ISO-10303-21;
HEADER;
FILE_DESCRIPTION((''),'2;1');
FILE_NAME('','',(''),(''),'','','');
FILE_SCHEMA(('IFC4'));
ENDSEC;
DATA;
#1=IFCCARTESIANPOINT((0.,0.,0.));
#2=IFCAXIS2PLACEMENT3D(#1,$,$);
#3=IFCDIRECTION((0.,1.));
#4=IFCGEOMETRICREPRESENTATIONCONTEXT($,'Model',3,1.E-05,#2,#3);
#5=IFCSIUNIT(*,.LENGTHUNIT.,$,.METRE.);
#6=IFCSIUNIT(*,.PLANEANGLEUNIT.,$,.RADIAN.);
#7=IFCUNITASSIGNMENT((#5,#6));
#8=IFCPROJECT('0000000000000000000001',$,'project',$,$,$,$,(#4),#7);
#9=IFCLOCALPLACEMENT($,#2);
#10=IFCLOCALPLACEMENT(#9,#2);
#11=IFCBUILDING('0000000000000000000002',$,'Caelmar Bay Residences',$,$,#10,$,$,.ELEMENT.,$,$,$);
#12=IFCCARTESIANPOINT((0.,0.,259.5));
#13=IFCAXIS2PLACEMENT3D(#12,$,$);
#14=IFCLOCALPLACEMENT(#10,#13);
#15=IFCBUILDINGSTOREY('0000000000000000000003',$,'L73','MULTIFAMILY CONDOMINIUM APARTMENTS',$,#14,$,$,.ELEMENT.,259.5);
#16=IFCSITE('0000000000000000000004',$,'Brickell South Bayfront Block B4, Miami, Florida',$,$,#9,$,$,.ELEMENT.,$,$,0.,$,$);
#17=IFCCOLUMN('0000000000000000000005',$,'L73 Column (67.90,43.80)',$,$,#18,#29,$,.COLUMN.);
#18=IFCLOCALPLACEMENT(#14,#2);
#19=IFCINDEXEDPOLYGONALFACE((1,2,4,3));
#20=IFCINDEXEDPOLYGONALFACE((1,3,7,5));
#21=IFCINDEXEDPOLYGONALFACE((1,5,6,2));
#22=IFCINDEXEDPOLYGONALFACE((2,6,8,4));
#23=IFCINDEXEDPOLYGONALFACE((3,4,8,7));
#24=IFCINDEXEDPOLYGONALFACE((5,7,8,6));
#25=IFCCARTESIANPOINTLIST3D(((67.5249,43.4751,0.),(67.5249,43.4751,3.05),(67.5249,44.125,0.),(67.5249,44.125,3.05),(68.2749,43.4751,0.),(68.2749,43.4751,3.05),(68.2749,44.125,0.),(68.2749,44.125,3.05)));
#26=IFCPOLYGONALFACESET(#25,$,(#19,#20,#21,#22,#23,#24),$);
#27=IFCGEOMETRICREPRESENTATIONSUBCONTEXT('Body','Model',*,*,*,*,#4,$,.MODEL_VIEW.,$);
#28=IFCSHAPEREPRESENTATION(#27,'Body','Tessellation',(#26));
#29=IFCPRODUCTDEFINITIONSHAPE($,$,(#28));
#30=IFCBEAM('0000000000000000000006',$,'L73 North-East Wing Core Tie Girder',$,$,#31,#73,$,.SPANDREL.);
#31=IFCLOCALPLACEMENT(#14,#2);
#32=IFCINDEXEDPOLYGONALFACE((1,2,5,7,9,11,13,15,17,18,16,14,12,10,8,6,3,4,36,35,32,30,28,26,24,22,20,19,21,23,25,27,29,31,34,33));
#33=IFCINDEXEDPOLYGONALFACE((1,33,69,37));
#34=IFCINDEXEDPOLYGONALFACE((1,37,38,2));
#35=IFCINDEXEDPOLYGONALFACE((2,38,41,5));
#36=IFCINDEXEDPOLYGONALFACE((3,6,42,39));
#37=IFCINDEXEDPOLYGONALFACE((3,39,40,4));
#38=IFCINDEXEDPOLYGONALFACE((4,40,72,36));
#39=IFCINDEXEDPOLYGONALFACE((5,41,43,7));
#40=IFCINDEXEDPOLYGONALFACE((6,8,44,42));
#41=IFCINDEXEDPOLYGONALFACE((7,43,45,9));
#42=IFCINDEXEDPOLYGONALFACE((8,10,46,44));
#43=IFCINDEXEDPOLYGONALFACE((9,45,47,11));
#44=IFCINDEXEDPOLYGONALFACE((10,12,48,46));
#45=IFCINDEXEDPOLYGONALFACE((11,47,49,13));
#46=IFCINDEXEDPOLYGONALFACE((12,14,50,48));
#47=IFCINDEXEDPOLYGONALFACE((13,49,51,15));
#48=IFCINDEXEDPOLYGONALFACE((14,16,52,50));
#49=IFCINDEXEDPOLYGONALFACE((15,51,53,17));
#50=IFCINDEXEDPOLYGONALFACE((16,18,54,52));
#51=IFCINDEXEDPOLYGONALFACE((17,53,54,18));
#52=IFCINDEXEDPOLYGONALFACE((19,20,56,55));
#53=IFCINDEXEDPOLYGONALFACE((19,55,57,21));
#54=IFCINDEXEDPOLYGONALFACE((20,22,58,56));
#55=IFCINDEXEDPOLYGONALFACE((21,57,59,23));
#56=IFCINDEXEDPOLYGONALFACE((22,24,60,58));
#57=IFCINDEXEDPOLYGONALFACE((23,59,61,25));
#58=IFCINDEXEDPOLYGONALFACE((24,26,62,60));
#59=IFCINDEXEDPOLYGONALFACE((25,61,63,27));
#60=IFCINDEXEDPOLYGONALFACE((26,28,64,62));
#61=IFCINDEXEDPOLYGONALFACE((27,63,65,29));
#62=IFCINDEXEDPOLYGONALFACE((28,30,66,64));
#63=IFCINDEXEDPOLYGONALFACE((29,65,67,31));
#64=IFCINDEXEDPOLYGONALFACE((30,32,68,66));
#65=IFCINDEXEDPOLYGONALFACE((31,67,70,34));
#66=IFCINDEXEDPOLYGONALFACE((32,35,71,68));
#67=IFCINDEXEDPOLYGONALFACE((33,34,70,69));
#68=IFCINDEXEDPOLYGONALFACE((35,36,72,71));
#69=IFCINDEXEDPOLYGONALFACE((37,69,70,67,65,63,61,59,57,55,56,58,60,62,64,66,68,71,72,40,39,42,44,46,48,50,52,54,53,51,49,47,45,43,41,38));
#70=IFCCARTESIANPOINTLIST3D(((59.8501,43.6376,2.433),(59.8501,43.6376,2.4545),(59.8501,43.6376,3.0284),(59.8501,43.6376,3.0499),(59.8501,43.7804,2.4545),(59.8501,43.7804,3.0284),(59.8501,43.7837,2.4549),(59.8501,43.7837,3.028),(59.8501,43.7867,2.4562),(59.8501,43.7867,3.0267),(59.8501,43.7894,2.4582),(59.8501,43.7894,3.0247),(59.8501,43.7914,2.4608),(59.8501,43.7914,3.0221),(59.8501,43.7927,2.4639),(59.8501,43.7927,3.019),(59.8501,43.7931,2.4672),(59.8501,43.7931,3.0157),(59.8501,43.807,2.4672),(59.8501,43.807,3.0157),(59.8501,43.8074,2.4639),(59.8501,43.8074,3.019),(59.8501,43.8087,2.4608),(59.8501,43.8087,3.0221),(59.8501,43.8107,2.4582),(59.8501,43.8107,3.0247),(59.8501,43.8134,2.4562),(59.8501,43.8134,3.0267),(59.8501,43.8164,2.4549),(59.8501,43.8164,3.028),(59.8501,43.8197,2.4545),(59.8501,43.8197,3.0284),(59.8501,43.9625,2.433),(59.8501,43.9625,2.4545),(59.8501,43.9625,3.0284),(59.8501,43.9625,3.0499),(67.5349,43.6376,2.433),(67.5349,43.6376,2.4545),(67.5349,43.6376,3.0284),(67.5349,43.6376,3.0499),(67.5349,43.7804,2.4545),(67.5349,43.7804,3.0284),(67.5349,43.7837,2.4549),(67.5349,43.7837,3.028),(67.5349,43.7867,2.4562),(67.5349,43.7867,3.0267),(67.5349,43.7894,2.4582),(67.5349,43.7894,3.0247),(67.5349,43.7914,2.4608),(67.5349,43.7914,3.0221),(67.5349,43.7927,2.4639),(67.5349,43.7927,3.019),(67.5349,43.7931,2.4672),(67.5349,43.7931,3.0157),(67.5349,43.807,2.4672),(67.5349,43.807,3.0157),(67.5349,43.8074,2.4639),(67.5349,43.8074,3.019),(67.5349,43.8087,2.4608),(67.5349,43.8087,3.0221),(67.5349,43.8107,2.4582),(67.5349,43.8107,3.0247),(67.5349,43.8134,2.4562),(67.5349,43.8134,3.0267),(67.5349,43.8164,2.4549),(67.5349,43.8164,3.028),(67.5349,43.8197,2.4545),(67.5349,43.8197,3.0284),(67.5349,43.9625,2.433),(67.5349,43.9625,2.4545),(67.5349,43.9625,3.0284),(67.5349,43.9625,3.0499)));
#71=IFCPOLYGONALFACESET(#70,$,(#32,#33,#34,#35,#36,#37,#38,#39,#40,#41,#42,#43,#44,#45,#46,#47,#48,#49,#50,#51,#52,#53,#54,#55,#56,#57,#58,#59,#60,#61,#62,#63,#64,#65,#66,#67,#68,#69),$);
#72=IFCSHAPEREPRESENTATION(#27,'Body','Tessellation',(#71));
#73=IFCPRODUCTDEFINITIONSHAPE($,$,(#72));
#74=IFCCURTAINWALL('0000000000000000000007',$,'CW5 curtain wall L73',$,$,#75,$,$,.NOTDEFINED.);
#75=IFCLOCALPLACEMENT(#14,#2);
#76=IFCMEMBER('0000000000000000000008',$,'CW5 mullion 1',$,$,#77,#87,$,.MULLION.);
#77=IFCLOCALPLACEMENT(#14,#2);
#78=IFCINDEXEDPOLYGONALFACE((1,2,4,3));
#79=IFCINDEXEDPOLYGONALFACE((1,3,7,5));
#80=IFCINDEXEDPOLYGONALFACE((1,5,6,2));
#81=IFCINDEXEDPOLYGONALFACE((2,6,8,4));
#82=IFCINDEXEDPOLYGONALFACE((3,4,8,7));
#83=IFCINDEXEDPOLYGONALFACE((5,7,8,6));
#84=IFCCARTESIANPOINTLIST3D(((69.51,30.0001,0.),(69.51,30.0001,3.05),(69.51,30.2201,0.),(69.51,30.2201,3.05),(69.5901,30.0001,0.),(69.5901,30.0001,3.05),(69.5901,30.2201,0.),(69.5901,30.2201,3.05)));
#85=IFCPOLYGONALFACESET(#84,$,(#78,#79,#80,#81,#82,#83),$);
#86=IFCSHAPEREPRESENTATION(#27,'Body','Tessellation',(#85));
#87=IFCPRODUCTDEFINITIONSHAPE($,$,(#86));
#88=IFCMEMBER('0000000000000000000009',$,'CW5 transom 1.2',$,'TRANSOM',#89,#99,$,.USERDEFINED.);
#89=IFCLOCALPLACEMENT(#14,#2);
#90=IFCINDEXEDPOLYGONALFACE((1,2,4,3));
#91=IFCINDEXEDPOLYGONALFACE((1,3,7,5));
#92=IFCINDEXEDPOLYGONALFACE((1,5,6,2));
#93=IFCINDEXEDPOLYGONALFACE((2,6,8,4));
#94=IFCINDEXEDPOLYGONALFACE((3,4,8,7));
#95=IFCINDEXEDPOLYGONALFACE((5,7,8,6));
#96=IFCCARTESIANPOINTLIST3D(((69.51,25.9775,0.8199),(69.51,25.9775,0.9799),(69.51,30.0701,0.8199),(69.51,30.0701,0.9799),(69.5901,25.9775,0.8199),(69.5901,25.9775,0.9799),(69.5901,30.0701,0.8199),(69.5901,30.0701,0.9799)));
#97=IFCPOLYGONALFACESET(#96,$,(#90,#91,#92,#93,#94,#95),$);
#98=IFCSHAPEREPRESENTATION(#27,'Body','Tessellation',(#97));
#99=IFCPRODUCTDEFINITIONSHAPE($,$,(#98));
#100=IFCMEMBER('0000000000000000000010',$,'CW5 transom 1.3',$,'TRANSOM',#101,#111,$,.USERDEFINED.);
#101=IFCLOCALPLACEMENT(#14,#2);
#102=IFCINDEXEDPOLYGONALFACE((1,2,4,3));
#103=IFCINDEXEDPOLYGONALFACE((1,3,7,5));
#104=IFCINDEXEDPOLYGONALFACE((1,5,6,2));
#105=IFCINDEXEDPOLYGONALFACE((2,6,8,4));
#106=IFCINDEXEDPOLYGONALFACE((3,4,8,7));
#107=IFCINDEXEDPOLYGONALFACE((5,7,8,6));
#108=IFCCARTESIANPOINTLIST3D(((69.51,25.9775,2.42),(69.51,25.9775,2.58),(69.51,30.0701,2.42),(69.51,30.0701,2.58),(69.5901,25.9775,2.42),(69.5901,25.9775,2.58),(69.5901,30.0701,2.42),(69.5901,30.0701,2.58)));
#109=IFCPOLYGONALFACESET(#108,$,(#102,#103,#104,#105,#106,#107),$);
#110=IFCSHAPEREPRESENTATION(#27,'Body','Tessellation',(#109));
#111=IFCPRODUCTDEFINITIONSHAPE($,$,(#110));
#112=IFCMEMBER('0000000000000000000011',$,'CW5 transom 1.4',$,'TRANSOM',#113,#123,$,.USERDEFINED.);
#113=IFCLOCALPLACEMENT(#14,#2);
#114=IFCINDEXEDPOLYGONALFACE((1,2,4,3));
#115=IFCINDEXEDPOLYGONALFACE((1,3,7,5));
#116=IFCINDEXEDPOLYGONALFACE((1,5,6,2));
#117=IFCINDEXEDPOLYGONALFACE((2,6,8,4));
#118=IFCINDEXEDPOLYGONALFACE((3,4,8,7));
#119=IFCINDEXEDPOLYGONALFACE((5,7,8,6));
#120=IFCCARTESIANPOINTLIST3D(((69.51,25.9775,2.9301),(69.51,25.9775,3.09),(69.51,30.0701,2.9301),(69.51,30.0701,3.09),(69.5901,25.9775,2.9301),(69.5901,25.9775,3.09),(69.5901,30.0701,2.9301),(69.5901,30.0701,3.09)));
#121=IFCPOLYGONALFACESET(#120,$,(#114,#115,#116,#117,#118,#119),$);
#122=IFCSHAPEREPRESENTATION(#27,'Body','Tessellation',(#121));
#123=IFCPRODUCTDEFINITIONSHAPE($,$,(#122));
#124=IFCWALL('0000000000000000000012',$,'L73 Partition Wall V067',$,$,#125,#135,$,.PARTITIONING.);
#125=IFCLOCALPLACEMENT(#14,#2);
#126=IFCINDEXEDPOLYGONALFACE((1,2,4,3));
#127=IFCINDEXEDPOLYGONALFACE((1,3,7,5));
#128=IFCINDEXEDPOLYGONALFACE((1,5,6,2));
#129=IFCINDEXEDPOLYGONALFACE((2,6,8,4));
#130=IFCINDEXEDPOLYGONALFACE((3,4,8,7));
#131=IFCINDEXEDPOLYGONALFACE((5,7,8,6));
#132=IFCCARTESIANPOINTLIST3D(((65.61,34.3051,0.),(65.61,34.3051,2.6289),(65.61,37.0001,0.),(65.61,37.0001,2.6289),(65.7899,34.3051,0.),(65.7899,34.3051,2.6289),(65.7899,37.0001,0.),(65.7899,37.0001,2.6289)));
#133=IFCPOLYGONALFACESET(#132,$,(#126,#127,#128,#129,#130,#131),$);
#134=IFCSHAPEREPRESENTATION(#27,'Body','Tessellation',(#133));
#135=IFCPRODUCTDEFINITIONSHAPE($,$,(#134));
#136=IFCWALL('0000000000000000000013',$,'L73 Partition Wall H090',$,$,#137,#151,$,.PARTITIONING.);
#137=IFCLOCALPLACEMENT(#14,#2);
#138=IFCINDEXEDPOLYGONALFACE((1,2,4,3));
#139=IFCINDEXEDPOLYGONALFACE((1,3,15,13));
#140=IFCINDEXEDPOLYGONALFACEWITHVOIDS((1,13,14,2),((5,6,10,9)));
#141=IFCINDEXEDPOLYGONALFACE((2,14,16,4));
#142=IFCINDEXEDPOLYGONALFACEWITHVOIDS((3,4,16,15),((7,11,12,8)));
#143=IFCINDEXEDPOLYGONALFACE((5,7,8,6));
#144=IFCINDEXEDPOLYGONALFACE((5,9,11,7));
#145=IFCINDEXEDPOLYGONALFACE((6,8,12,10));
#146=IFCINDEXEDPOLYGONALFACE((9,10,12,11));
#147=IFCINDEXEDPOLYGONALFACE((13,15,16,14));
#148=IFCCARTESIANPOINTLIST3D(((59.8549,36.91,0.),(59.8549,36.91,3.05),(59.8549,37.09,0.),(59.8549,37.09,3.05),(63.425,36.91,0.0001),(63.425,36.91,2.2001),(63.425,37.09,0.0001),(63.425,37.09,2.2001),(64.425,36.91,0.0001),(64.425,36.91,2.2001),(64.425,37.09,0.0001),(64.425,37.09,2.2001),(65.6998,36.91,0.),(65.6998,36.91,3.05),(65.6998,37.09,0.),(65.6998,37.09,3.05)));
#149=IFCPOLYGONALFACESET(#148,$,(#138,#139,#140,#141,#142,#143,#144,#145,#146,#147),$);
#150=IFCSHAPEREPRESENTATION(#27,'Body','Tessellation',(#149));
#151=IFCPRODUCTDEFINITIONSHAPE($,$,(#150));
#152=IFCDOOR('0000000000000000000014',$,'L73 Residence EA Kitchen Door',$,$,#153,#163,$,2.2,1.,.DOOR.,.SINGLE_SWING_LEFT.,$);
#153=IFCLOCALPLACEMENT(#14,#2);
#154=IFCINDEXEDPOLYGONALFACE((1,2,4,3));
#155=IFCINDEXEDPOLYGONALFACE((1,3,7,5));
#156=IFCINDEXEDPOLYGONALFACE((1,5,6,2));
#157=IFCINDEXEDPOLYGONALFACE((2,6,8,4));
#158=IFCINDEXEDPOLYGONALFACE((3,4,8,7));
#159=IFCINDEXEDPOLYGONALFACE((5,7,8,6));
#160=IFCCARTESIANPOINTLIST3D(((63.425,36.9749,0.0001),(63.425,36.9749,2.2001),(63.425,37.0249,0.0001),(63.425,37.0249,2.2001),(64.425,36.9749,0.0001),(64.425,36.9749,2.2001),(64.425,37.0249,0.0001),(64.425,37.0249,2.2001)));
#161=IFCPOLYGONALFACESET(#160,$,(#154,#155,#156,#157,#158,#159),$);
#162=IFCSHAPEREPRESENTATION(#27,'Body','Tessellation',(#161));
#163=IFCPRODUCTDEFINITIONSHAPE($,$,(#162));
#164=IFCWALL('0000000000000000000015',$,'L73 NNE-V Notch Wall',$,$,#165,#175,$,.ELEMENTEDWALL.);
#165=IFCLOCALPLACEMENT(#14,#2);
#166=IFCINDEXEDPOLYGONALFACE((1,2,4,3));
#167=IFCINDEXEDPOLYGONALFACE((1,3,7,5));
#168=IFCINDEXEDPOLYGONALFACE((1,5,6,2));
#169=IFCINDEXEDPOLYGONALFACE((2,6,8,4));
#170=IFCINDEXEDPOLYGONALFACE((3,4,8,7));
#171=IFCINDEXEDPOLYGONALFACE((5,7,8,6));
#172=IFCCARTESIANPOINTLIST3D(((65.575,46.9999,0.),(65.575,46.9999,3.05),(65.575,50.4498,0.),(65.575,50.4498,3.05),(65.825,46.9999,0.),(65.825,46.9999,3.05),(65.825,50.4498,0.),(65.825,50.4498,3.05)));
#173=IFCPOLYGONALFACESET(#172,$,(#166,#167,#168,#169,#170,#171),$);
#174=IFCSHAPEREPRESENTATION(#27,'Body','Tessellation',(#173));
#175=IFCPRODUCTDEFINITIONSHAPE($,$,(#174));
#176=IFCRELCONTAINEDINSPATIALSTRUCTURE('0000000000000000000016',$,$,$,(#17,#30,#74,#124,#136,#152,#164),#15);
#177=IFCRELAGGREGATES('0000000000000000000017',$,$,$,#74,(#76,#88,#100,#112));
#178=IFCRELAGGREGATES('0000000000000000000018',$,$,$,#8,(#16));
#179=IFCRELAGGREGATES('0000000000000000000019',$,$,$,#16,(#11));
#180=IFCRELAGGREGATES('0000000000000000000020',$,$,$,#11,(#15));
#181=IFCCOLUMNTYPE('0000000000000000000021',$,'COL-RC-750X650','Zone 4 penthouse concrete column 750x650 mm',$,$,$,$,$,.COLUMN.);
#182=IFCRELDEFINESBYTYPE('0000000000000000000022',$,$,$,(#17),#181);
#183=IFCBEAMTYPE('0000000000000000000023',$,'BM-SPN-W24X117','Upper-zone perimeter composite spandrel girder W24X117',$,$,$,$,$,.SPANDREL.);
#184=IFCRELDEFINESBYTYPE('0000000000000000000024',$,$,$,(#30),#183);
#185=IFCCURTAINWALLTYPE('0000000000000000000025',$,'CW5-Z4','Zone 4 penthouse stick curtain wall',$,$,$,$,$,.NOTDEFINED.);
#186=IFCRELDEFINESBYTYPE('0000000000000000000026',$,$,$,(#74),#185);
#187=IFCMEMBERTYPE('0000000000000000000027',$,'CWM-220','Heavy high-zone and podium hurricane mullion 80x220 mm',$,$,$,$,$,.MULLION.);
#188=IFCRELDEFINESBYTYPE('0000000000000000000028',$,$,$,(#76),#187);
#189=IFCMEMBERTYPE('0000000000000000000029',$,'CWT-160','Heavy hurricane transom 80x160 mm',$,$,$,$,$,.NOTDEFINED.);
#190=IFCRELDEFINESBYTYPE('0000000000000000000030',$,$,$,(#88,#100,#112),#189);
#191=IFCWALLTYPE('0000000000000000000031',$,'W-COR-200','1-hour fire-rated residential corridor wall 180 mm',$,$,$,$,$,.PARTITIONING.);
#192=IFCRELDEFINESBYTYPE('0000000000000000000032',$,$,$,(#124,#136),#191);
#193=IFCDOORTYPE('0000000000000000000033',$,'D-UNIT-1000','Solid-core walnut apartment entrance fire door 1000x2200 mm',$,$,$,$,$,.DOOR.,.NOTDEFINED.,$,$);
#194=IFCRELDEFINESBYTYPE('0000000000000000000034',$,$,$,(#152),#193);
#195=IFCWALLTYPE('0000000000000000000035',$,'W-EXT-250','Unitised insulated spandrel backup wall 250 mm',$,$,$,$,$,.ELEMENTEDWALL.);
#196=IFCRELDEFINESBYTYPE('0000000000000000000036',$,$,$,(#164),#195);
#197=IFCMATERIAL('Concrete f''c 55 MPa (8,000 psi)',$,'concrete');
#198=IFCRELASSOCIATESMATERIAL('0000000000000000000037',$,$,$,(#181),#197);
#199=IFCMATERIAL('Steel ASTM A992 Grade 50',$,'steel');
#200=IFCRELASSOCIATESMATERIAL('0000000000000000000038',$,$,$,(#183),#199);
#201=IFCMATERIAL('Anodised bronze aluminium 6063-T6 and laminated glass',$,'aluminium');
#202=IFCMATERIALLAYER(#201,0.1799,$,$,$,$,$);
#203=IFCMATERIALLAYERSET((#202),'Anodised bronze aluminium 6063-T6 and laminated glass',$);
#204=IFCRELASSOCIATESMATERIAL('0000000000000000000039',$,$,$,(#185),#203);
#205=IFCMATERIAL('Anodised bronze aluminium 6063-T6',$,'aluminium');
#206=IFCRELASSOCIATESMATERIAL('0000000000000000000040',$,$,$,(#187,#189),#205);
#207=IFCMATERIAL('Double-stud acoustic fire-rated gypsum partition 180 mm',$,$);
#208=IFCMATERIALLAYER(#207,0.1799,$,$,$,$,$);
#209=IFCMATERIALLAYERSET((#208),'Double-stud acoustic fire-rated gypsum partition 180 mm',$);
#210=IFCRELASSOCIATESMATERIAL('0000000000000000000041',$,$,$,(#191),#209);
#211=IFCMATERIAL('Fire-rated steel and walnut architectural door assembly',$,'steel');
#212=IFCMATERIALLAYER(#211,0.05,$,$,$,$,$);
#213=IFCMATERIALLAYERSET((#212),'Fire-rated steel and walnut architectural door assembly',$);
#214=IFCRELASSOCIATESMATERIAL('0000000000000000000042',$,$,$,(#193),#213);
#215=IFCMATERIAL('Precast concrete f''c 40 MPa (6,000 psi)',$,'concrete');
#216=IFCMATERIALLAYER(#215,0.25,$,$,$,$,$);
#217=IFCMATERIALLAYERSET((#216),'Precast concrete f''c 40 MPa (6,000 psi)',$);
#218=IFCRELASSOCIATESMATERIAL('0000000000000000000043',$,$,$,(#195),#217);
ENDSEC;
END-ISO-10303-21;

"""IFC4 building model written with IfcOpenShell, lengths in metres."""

from ifc_helpers import new_model, si_unit, direction, frame, frame_2d, origin, origin_2d, place, context, subcontext, project, spatial, rectangle, i_section, extrude, material, layer, layer_set, material_profile, profile_set, type_object, element, fill, aggregate, save


model = new_model("IFC4")

# Units and contexts
model_context = context("Model", 3, precision=1e-05, world=origin(), true_north=direction((0.0, 1.0)))
body_context = subcontext(model_context, "Body", "Model", "MODEL_VIEW")
ifc_project = project(units=[si_unit("LENGTHUNIT", "METRE"), si_unit("PLANEANGLEUNIT", "RADIAN")], contexts=[model_context])

# Site, building, storey
site_placement = place(None, origin())
site = spatial("IfcSite", under=ifc_project, at=site_placement, Name="Brickell South Bayfront Block B4, Miami, Florida", CompositionType="ELEMENT", RefElevation=0.0)
building_placement = place(site_placement, origin())
building = spatial("IfcBuilding", under=site, at=building_placement, Name="Caelmar Bay Residences", CompositionType="ELEMENT")
storey_placement = place(building_placement, frame((0.0, 0.0, 259.5)))
storey = spatial("IfcBuildingStorey", under=building, at=storey_placement, Name="L73", Description="MULTIFAMILY CONDOMINIUM APARTMENTS", CompositionType="ELEMENT", Elevation=259.5)

# Column
ifc_material_1 = material(Name="Concrete f'c 55 MPa (8,000 psi)", Category="concrete")
ifc_material_profile_1 = material_profile(ifc_material_1, rectangle(XDim=0.75, YDim=0.6499, at=origin_2d()), Name="RC-COL-750X650")
ifc_profile_set_1 = profile_set([ifc_material_profile_1], Name="Concrete f'c 55 MPa (8,000 psi)")
column_type = type_object("IfcColumnType", Name="COL-RC-750X650", Description="Zone 4 penthouse concrete column 750x650 mm", PredefinedType="COLUMN", material=ifc_profile_set_1)
column_placement = place(storey_placement, frame((67.8999, 43.8, 0.0), z_axis=(0.0, 0.0, 1.0), x_axis=(1.0, 0.0, 0.0)))
element("IfcColumn", 1, at=column_placement, inside=storey, type_object=column_type, Name="L73 Column (67.90,43.80)", PredefinedType="COLUMN", context=body_context, shape_type="SweptSolid", body=[
    extrude(rectangle(XDim=0.75, YDim=0.6499, at=origin_2d()), origin(), (0.0, 0.0, 1.0), 3.05),
])

# Beam
ifc_material_2 = material(Name="Steel ASTM A992 Grade 50", Category="steel")
ifc_material_profile_2 = material_profile(ifc_material_2, i_section(OverallWidth=0.325, OverallDepth=0.6169, WebThickness=0.0139, FlangeThickness=0.0215, FilletRadius=0.0127, at=origin_2d()), Name="W24X117")
ifc_profile_set_2 = profile_set([ifc_material_profile_2], Name="Steel ASTM A992 Grade 50")
beam_type = type_object("IfcBeamType", Name="BM-SPN-W24X117", Description="Upper-zone perimeter composite spandrel girder W24X117", PredefinedType="SPANDREL", material=ifc_profile_set_2)
beam_placement = place(storey_placement, frame((59.8501, 43.8, 2.7415), z_axis=(1.0, 0.0, 0.0), x_axis=(0.0, 1.0, 0.0)))
element("IfcBeam", 2, at=beam_placement, inside=storey, type_object=beam_type, Name="L73 North-East Wing Core Tie Girder", PredefinedType="SPANDREL", context=body_context, shape_type="SweptSolid", body=[
    extrude(i_section(OverallWidth=0.325, OverallDepth=0.6169, WebThickness=0.0139, FlangeThickness=0.0215, FilletRadius=0.0127, at=origin_2d()), origin(), (0.0, 0.0, 1.0), 7.6848),
])

# Curtain wall, members
ifc_material_3 = material(Name="Anodised bronze aluminium 6063-T6 and laminated glass", Category="aluminium")
ifc_layer_1 = layer(ifc_material_3, 0.1799)
ifc_layer_set_1 = layer_set([ifc_layer_1], Name="Anodised bronze aluminium 6063-T6 and laminated glass")
curtain_wall_type = type_object("IfcCurtainWallType", Name="CW5-Z4", Description="Zone 4 penthouse stick curtain wall", PredefinedType="NOTDEFINED", material=ifc_layer_set_1)
curtain_wall_placement = place(storey_placement, origin())
curtain_wall = element("IfcCurtainWall", 3, at=curtain_wall_placement, inside=storey, type_object=curtain_wall_type, Name="CW5 curtain wall L73", PredefinedType="NOTDEFINED")
ifc_material_4 = material(Name="Anodised bronze aluminium 6063-T6", Category="aluminium")
ifc_material_profile_3 = material_profile(ifc_material_4, rectangle(XDim=0.0801, YDim=0.22, at=origin_2d()), Name="CWM-80X220")
ifc_profile_set_3 = profile_set([ifc_material_profile_3], Name="Anodised bronze aluminium 6063-T6")
member_type_1 = type_object("IfcMemberType", Name="CWM-220", Description="Heavy high-zone and podium hurricane mullion 80x220 mm", PredefinedType="MULLION", material=ifc_profile_set_3)
member_1_placement = place(storey_placement, frame((69.55, 30.1101, 0.0), z_axis=(0.0, 0.0, 1.0), x_axis=(1.0, 0.0, 0.0)))
member_1 = element("IfcMember", 4, at=member_1_placement, type_object=member_type_1, Name="CW5 mullion 1", PredefinedType="MULLION", context=body_context, shape_type="SweptSolid", body=[
    extrude(rectangle(XDim=0.0801, YDim=0.22, at=origin_2d()), origin(), (0.0, 0.0, 1.0), 3.05),
])
ifc_material_profile_4 = material_profile(ifc_material_4, rectangle(XDim=0.0801, YDim=0.1599, at=origin_2d()), Name="CWT-80X160")
ifc_profile_set_4 = profile_set([ifc_material_profile_4], Name="Anodised bronze aluminium 6063-T6")
member_type_2 = type_object("IfcMemberType", Name="CWT-160", Description="Heavy hurricane transom 80x160 mm", PredefinedType="NOTDEFINED", material=ifc_profile_set_4)
member_2_placement = place(storey_placement, frame((69.55, 30.0701, 0.8999), z_axis=(0.0, -1.0, 0.0), x_axis=(1.0, 0.0, 0.0)))
member_2 = element("IfcMember", 5, at=member_2_placement, type_object=member_type_2, Name="CW5 transom 1.2", ObjectType="TRANSOM", PredefinedType="USERDEFINED", context=body_context, shape_type="SweptSolid", body=[
    extrude(rectangle(XDim=0.0801, YDim=0.1599, at=origin_2d()), origin(), (0.0, 0.0, 1.0), 4.0925),
])
member_3_placement = place(storey_placement, frame((69.55, 30.0701, 2.5), z_axis=(0.0, -1.0, 0.0), x_axis=(1.0, 0.0, 0.0)))
member_3 = element("IfcMember", 6, at=member_3_placement, type_object=member_type_2, Name="CW5 transom 1.3", ObjectType="TRANSOM", PredefinedType="USERDEFINED", context=body_context, shape_type="SweptSolid", body=[
    extrude(rectangle(XDim=0.0801, YDim=0.1599, at=origin_2d()), origin(), (0.0, 0.0, 1.0), 4.0925),
])
member_4_placement = place(storey_placement, frame((69.55, 30.0701, 3.01), z_axis=(0.0, -1.0, 0.0), x_axis=(1.0, 0.0, 0.0)))
member_4 = element("IfcMember", 7, at=member_4_placement, type_object=member_type_2, Name="CW5 transom 1.4", ObjectType="TRANSOM", PredefinedType="USERDEFINED", context=body_context, shape_type="SweptSolid", body=[
    extrude(rectangle(XDim=0.0801, YDim=0.1599, at=origin_2d()), origin(), (0.0, 0.0, 1.0), 4.0925),
])
aggregate(curtain_wall, [member_1, member_2, member_3, member_4])

# Wall
ifc_material_5 = material(Name="Double-stud acoustic fire-rated gypsum partition 180 mm")
ifc_layer_2 = layer(ifc_material_5, 0.1799)
ifc_layer_set_2 = layer_set([ifc_layer_2], Name="Double-stud acoustic fire-rated gypsum partition 180 mm")
wall_type_1 = type_object("IfcWallType", Name="W-COR-200", Description="1-hour fire-rated residential corridor wall 180 mm", PredefinedType="PARTITIONING", material=ifc_layer_set_2)
wall_1_placement = place(storey_placement, frame((65.7, 34.3049, 0.0), z_axis=(0.0, 0.0, 1.0), x_axis=(0.0, 1.0, 0.0)))
element("IfcWall", 8, at=wall_1_placement, inside=storey, type_object=wall_type_1, Name="L73 Partition Wall V067", PredefinedType="PARTITIONING", context=body_context, shape_type="SweptSolid", body=[
    extrude(rectangle(XDim=2.6951, YDim=0.1799, at=frame_2d((1.3477, 0.0))), origin(), (0.0, 0.0, 1.0), 2.6289),
])

# Wall, opening, door
wall_2_placement = place(storey_placement, frame((59.855, 37.0, 0.0), z_axis=(0.0, 0.0, 1.0), x_axis=(1.0, 0.0, 0.0)))
wall_2 = element("IfcWall", 9, at=wall_2_placement, inside=storey, type_object=wall_type_1, Name="L73 Partition Wall H090", PredefinedType="PARTITIONING", context=body_context, shape_type="SweptSolid", body=[
    extrude(rectangle(XDim=5.845, YDim=0.1799, at=frame_2d((2.9224, 0.0))), origin(), (0.0, 0.0, 1.0), 3.05),
])
opening_1_placement = place(wall_2_placement, frame((3.5701, 0.0, 0.0)))
opening_1 = element("IfcOpeningElement", 10, at=opening_1_placement, cuts=wall_2, PredefinedType="OPENING", context=body_context, shape_type="SweptSolid", body=[
    extrude(rectangle(XDim=1.0, YDim=2.2, at=frame_2d((0.5, 1.1001))), frame((0.0, 0.0999, 0.0), z_axis=(0.0, -1.0, 0.0), x_axis=(1.0, 0.0, 0.0)), (0.0, 0.0, 1.0), 0.2),
])
ifc_material_6 = material(Name="Fire-rated steel and walnut architectural door assembly", Category="steel")
ifc_layer_3 = layer(ifc_material_6, 0.05)
ifc_layer_set_3 = layer_set([ifc_layer_3], Name="Fire-rated steel and walnut architectural door assembly")
door_type_1 = type_object("IfcDoorType", Name="D-UNIT-1000", Description="Solid-core walnut apartment entrance fire door 1000x2200 mm", OperationType="NOTDEFINED", PredefinedType="DOOR", material=ifc_layer_set_3)
door_1_placement = place(opening_1_placement, origin())
door_1 = element("IfcDoor", 11, at=door_1_placement, inside=storey, type_object=door_type_1, Name="L73 Residence EA Kitchen Door", OperationType="SINGLE_SWING_LEFT", OverallHeight=2.2, OverallWidth=1.0, PredefinedType="DOOR", context=body_context, shape_type="SweptSolid", body=[
    extrude(rectangle(XDim=1.0, YDim=2.2, at=frame_2d((0.5, 1.1001))), frame((0.0, 0.0249, 0.0), z_axis=(0.0, -1.0, 0.0), x_axis=(1.0, 0.0, 0.0)), (0.0, 0.0, 1.0), 0.05),
])
fill(opening_1, door_1)

# Wall
ifc_material_7 = material(Name="Precast concrete f'c 40 MPa (6,000 psi)", Category="concrete")
ifc_layer_4 = layer(ifc_material_7, 0.25)
ifc_layer_set_4 = layer_set([ifc_layer_4], Name="Precast concrete f'c 40 MPa (6,000 psi)")
wall_type_2 = type_object("IfcWallType", Name="W-EXT-250", Description="Unitised insulated spandrel backup wall 250 mm", PredefinedType="ELEMENTEDWALL", material=ifc_layer_set_4)
wall_3_placement = place(storey_placement, frame((65.7, 50.45, 0.0), z_axis=(0.0, 0.0, 1.0), x_axis=(0.0, -1.0, 0.0)))
element("IfcWall", 12, at=wall_3_placement, inside=storey, type_object=wall_type_2, Name="L73 NNE-V Notch Wall", PredefinedType="ELEMENTEDWALL", context=body_context, shape_type="SweptSolid", body=[
    extrude(rectangle(XDim=3.45, YDim=0.25, at=frame_2d((1.7251, 0.0))), origin(), (0.0, 0.0, 1.0), 3.05),
])

save(model, "model.ifc")
